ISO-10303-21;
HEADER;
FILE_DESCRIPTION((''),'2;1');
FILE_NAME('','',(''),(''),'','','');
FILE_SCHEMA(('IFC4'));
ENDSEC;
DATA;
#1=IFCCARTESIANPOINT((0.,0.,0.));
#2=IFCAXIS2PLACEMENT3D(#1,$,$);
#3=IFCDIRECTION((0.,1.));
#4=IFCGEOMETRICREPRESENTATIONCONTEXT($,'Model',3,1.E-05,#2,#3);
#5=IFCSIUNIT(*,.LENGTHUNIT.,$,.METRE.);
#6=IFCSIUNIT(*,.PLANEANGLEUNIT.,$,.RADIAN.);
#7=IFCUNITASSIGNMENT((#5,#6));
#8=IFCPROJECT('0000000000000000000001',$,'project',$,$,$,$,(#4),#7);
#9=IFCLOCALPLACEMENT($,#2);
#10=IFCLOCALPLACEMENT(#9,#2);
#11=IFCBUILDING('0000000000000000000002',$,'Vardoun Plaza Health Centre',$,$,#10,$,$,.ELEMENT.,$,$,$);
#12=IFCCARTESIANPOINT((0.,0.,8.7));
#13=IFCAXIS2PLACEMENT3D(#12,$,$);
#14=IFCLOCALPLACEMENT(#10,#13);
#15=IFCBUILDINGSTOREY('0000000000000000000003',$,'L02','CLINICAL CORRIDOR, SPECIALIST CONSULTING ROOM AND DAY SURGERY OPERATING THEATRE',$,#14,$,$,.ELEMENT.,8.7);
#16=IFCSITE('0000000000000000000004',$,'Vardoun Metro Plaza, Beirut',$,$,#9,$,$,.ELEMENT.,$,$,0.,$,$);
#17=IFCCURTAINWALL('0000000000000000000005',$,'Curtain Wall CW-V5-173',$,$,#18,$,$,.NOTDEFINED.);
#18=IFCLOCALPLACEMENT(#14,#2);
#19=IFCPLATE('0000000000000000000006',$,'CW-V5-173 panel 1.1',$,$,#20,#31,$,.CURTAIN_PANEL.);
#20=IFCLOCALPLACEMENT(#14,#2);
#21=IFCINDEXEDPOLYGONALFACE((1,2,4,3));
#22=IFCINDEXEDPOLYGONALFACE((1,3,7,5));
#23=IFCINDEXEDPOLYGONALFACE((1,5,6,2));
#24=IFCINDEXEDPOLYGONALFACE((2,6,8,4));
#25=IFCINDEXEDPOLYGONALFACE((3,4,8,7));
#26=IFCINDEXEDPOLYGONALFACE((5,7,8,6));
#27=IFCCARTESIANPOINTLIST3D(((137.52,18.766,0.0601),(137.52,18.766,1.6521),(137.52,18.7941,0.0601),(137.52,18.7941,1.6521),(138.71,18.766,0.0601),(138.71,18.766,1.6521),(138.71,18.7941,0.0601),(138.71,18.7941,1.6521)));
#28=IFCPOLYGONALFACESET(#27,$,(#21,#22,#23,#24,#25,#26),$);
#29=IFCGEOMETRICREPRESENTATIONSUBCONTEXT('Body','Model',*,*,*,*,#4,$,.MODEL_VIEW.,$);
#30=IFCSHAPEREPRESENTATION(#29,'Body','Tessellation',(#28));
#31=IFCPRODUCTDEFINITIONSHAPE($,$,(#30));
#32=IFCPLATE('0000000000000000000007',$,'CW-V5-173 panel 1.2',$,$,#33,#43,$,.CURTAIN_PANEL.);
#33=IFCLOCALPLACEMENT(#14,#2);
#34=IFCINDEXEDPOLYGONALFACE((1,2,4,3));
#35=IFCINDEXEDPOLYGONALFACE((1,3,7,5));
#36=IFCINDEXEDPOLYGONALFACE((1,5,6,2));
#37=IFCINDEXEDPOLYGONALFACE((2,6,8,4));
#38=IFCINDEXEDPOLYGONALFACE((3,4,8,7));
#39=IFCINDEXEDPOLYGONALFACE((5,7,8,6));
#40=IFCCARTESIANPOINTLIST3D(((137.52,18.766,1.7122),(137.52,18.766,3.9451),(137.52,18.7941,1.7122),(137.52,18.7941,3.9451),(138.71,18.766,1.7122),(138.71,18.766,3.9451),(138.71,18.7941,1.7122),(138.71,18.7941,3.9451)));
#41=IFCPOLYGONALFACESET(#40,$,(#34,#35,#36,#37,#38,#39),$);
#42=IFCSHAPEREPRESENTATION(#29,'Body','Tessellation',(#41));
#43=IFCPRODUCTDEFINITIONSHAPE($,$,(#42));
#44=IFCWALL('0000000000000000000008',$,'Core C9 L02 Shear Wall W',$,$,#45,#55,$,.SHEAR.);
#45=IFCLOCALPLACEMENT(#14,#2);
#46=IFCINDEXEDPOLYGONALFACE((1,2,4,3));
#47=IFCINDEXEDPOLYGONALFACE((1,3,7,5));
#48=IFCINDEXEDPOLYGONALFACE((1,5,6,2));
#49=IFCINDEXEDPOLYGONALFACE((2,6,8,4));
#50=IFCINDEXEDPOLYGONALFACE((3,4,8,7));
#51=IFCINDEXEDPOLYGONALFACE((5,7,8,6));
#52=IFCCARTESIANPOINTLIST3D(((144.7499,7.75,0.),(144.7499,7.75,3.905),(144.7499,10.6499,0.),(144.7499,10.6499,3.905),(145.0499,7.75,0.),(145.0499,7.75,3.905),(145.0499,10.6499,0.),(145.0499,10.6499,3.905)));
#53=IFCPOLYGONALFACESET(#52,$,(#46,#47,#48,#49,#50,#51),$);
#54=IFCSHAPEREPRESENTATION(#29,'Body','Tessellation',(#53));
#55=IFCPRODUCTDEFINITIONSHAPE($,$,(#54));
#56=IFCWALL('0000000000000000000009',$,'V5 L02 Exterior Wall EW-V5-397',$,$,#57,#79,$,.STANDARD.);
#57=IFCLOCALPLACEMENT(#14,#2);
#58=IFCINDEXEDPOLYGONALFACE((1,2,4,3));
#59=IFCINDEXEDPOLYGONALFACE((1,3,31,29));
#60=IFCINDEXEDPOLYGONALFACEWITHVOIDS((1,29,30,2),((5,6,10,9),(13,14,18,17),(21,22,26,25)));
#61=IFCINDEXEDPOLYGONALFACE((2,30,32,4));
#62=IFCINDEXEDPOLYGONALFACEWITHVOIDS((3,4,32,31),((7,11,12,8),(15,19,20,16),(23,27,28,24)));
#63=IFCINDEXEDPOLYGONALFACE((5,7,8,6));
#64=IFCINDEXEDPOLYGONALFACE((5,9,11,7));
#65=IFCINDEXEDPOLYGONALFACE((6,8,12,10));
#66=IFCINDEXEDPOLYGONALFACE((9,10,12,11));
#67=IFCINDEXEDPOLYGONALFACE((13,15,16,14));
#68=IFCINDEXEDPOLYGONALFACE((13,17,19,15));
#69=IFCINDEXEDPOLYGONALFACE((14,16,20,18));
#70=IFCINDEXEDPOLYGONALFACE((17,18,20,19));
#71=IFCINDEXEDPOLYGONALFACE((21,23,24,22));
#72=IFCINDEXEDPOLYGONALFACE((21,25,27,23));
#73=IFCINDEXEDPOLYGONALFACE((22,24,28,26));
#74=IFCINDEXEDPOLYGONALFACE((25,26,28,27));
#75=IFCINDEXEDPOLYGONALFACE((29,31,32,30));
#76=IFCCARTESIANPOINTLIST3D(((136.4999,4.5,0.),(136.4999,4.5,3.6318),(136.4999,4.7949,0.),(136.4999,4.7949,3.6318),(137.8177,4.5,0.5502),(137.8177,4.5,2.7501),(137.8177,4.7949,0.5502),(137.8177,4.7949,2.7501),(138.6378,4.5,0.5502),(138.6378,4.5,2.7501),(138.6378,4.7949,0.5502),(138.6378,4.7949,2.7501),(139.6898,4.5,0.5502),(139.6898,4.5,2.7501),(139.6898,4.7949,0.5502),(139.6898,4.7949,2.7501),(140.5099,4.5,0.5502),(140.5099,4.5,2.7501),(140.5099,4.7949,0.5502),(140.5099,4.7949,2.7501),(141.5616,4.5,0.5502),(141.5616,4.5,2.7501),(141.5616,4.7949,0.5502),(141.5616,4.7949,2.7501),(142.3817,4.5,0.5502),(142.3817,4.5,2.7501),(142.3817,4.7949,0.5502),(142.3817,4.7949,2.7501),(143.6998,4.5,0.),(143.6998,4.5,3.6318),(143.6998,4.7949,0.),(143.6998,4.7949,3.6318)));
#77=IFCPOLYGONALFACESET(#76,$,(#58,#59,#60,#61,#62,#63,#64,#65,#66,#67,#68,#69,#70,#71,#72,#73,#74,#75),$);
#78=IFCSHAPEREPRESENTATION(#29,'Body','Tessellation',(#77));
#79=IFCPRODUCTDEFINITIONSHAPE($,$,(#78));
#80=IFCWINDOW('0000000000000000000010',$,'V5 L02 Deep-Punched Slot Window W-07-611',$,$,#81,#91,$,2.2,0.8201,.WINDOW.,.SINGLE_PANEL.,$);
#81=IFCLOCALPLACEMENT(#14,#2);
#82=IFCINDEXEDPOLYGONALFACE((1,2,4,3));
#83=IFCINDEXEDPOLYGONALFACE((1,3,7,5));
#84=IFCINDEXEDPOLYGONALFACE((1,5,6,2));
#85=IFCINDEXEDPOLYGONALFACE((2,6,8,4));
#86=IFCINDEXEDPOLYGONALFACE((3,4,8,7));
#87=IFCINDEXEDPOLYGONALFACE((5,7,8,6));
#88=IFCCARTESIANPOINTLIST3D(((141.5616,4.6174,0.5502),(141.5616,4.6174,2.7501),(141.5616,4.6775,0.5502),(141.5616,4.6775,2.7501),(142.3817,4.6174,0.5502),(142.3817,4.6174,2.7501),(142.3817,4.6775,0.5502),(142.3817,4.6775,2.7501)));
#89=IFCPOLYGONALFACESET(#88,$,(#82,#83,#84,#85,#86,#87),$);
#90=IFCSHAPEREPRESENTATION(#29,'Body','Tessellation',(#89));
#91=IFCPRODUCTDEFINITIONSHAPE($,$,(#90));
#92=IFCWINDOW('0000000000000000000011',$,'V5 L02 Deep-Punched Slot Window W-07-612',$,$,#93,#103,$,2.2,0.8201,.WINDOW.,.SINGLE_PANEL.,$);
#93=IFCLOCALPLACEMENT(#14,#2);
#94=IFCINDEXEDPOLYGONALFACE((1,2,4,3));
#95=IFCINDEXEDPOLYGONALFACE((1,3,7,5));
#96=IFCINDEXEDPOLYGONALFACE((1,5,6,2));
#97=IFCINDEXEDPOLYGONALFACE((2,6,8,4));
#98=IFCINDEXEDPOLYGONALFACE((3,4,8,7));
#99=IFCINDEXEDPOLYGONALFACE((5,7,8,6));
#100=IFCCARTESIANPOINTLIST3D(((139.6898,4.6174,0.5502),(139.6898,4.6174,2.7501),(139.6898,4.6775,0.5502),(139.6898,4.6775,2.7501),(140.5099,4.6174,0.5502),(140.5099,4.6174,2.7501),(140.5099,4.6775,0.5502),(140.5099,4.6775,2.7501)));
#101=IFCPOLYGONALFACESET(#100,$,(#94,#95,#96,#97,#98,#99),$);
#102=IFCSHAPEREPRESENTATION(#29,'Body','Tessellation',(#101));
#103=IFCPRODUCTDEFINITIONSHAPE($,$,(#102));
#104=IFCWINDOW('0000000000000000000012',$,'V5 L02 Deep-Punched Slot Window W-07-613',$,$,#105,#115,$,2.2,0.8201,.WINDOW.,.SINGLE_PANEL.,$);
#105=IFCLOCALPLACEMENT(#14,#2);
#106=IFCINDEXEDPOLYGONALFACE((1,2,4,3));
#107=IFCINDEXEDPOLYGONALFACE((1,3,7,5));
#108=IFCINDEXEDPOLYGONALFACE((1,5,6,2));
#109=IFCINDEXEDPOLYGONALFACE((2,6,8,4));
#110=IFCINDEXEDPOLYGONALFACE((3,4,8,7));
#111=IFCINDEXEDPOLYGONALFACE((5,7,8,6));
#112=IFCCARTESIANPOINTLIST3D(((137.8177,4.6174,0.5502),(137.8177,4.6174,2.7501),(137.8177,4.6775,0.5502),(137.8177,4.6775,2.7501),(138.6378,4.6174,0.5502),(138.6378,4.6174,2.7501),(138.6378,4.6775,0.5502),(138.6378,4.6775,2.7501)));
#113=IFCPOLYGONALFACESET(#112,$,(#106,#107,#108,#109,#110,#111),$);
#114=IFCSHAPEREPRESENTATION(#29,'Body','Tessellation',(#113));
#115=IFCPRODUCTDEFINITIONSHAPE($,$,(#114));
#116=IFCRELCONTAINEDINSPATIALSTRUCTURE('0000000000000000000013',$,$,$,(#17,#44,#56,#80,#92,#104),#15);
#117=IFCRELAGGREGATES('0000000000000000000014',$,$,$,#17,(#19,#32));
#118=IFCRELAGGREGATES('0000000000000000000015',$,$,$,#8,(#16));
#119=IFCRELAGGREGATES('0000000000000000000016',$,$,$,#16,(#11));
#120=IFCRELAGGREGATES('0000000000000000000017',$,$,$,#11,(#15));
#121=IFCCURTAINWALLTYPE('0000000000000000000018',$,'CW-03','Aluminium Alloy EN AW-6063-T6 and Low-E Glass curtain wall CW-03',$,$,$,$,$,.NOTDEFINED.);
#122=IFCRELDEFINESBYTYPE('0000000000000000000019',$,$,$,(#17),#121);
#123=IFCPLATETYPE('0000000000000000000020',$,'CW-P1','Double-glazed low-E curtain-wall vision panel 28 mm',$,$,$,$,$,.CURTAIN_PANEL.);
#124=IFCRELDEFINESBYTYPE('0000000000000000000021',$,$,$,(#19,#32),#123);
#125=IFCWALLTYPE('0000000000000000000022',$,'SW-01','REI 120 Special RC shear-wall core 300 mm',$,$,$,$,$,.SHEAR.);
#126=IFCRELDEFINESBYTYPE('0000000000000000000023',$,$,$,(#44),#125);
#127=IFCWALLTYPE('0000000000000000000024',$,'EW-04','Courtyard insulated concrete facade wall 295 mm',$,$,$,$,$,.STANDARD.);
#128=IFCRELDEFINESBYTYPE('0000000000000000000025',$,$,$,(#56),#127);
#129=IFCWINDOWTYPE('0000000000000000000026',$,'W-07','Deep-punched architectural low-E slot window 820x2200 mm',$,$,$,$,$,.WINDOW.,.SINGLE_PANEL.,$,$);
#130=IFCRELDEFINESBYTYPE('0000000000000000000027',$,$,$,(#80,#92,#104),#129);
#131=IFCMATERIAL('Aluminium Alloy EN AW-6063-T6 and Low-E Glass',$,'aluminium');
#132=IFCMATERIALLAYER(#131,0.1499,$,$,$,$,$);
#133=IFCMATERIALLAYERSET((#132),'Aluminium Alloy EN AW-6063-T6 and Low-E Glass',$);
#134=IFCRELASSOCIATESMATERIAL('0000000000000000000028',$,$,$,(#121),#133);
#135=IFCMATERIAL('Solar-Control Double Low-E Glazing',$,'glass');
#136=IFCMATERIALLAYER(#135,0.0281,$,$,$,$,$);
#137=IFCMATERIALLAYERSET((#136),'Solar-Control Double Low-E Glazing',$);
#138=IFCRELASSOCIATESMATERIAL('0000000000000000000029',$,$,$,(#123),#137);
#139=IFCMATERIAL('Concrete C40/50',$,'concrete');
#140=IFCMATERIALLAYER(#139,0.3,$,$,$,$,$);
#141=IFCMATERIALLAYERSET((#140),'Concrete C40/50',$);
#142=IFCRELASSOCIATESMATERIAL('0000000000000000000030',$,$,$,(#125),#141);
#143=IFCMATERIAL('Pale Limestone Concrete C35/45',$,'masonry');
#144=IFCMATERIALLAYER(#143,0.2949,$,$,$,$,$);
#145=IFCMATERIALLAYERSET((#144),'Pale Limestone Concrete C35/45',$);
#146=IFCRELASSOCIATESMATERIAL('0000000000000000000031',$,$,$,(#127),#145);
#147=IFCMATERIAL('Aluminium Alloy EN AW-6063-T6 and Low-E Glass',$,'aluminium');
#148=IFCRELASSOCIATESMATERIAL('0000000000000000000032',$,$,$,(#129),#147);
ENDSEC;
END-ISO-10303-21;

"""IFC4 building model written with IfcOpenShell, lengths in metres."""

from ifc_helpers import new_model, si_unit, direction, frame, frame_2d, origin, origin_2d, place, context, subcontext, project, spatial, rectangle, extrude, material, layer, layer_set, type_object, element, fill, aggregate, save


model = new_model("IFC4")

# Units and contexts
model_context = context("Model", 3, precision=1e-05, world=origin(), true_north=direction((0.0, 1.0)))
body_context = subcontext(model_context, "Body", "Model", "MODEL_VIEW")
ifc_project = project(units=[si_unit("LENGTHUNIT", "METRE"), si_unit("PLANEANGLEUNIT", "RADIAN")], contexts=[model_context])

# Site, building, storey
site_placement = place(None, origin())
site = spatial("IfcSite", under=ifc_project, at=site_placement, Name="Vardoun Metro Plaza, Beirut", CompositionType="ELEMENT", RefElevation=0.0)
building_placement = place(site_placement, origin())
building = spatial("IfcBuilding", under=site, at=building_placement, Name="Vardoun Plaza Health Centre", CompositionType="ELEMENT")
storey_placement = place(building_placement, frame((0.0, 0.0, 8.7)))
storey = spatial("IfcBuildingStorey", under=building, at=storey_placement, Name="L02", Description="CLINICAL CORRIDOR, SPECIALIST CONSULTING ROOM AND DAY SURGERY OPERATING THEATRE", CompositionType="ELEMENT", Elevation=8.7)

# Curtain wall
ifc_material_1 = material(Name="Aluminium Alloy EN AW-6063-T6 and Low-E Glass", Category="aluminium")
ifc_layer_1 = layer(ifc_material_1, 0.1499)
ifc_layer_set_1 = layer_set([ifc_layer_1], Name="Aluminium Alloy EN AW-6063-T6 and Low-E Glass")
curtain_wall_type = type_object("IfcCurtainWallType", Name="CW-03", Description="Aluminium Alloy EN AW-6063-T6 and Low-E Glass curtain wall CW-03", PredefinedType="NOTDEFINED", material=ifc_layer_set_1)
curtain_wall_placement = place(storey_placement, origin())
curtain_wall = element("IfcCurtainWall", 1, at=curtain_wall_placement, inside=storey, type_object=curtain_wall_type, Name="Curtain Wall CW-V5-173", PredefinedType="NOTDEFINED")

# Plates
ifc_material_2 = material(Name="Solar-Control Double Low-E Glazing", Category="glass")
ifc_layer_2 = layer(ifc_material_2, 0.0281)
ifc_layer_set_2 = layer_set([ifc_layer_2], Name="Solar-Control Double Low-E Glazing")
plate_type = type_object("IfcPlateType", Name="CW-P1", Description="Double-glazed low-E curtain-wall vision panel 28 mm", PredefinedType="CURTAIN_PANEL", material=ifc_layer_set_2)
plate_1_placement = place(storey_placement, frame((138.115, 18.78, 0.0601), z_axis=(0.0, 0.0, 1.0), x_axis=(1.0, 0.0, 0.0)))
plate_1 = element("IfcPlate", 2, at=plate_1_placement, type_object=plate_type, Name="CW-V5-173 panel 1.1", PredefinedType="CURTAIN_PANEL", context=body_context, shape_type="SweptSolid", body=[
    extrude(rectangle(XDim=1.1899, YDim=0.0281, at=origin_2d()), origin(), (0.0, 0.0, 1.0), 1.592),
])
plate_2_placement = place(storey_placement, frame((138.115, 18.78, 1.7122), z_axis=(0.0, 0.0, 1.0), x_axis=(1.0, 0.0, 0.0)))
plate_2 = element("IfcPlate", 3, at=plate_2_placement, type_object=plate_type, Name="CW-V5-173 panel 1.2", PredefinedType="CURTAIN_PANEL", context=body_context, shape_type="SweptSolid", body=[
    extrude(rectangle(XDim=1.1899, YDim=0.0281, at=origin_2d()), origin(), (0.0, 0.0, 1.0), 2.2329),
])
aggregate(curtain_wall, [plate_1, plate_2])

# Wall
ifc_material_3 = material(Name="Concrete C40/50", Category="concrete")
ifc_layer_3 = layer(ifc_material_3, 0.3)
ifc_layer_set_3 = layer_set([ifc_layer_3], Name="Concrete C40/50")
wall_type_1 = type_object("IfcWallType", Name="SW-01", Description="REI 120 Special RC shear-wall core 300 mm", PredefinedType="SHEAR", material=ifc_layer_set_3)
wall_1_placement = place(storey_placement, frame((144.8999, 7.75, 0.0), z_axis=(0.0, 0.0, 1.0), x_axis=(0.0, 1.0, 0.0)))
element("IfcWall", 4, at=wall_1_placement, inside=storey, type_object=wall_type_1, Name="Core C9 L02 Shear Wall W", PredefinedType="SHEAR", context=body_context, shape_type="SweptSolid", body=[
    extrude(rectangle(XDim=2.8999, YDim=0.3, at=frame_2d((1.45, 0.0))), origin(), (0.0, 0.0, 1.0), 3.905),
])

# Wall, openings, windows
ifc_material_4 = material(Name="Pale Limestone Concrete C35/45", Category="masonry")
ifc_layer_4 = layer(ifc_material_4, 0.2949)
ifc_layer_set_4 = layer_set([ifc_layer_4], Name="Pale Limestone Concrete C35/45")
wall_type_2 = type_object("IfcWallType", Name="EW-04", Description="Courtyard insulated concrete facade wall 295 mm", PredefinedType="STANDARD", material=ifc_layer_set_4)
wall_2_placement = place(storey_placement, frame((143.7, 4.6475, 0.0), z_axis=(0.0, 0.0, 1.0), x_axis=(-1.0, 0.0, 0.0)))
wall_2 = element("IfcWall", 5, at=wall_2_placement, inside=storey, type_object=wall_type_2, Name="V5 L02 Exterior Wall EW-V5-397", PredefinedType="STANDARD", context=body_context, shape_type="SweptSolid", body=[
    extrude(rectangle(XDim=7.2, YDim=0.2949, at=frame_2d((3.6001, 0.0))), origin(), (0.0, 0.0, 1.0), 3.6318),
])
opening_1_placement = place(wall_2_placement, frame((1.3181, 0.0, 0.55)))
opening_1 = element("IfcOpeningElement", 6, at=opening_1_placement, cuts=wall_2, PredefinedType="OPENING", context=body_context, shape_type="SweptSolid", body=[
    extrude(rectangle(XDim=0.8201, YDim=2.2, at=frame_2d((0.4102, 1.1001))), frame((0.0, 0.1475, 0.0), z_axis=(0.0, -1.0, 0.0), x_axis=(1.0, 0.0, 0.0)), (0.0, 0.0, 1.0), 0.2949),
])
opening_2_placement = place(wall_2_placement, frame((3.1899, 0.0, 0.55)))
opening_2 = element("IfcOpeningElement", 7, at=opening_2_placement, cuts=wall_2, PredefinedType="OPENING", context=body_context, shape_type="SweptSolid", body=[
    extrude(rectangle(XDim=0.8201, YDim=2.2, at=frame_2d((0.4102, 1.1001))), frame((0.0, 0.1475, 0.0), z_axis=(0.0, -1.0, 0.0), x_axis=(1.0, 0.0, 0.0)), (0.0, 0.0, 1.0), 0.2949),
])
opening_3_placement = place(wall_2_placement, frame((5.062, 0.0, 0.55)))
opening_3 = element("IfcOpeningElement", 8, at=opening_3_placement, cuts=wall_2, PredefinedType="OPENING", context=body_context, shape_type="SweptSolid", body=[
    extrude(rectangle(XDim=0.8201, YDim=2.2, at=frame_2d((0.4102, 1.1001))), frame((0.0, 0.1475, 0.0), z_axis=(0.0, -1.0, 0.0), x_axis=(1.0, 0.0, 0.0)), (0.0, 0.0, 1.0), 0.2949),
])
ifc_material_5 = material(Name="Aluminium Alloy EN AW-6063-T6 and Low-E Glass", Category="aluminium")
window_type = type_object("IfcWindowType", Name="W-07", Description="Deep-punched architectural low-E slot window 820x2200 mm", PartitioningType="SINGLE_PANEL", PredefinedType="WINDOW", material=ifc_material_5)
window_1_placement = place(opening_1_placement, origin())
window_1 = element("IfcWindow", 9, at=window_1_placement, inside=storey, type_object=window_type, Name="V5 L02 Deep-Punched Slot Window W-07-611", OverallHeight=2.2, OverallWidth=0.8201, PartitioningType="SINGLE_PANEL", PredefinedType="WINDOW", context=body_context, shape_type="SweptSolid", body=[
    extrude(rectangle(XDim=0.8201, YDim=2.2, at=frame_2d((0.4102, 1.1001))), frame((0.0, 0.03, 0.0), z_axis=(0.0, -1.0, 0.0), x_axis=(1.0, 0.0, 0.0)), (0.0, 0.0, 1.0), 0.0601),
])
fill(opening_1, window_1)
window_2_placement = place(opening_2_placement, origin())
window_2 = element("IfcWindow", 10, at=window_2_placement, inside=storey, type_object=window_type, Name="V5 L02 Deep-Punched Slot Window W-07-612", OverallHeight=2.2, OverallWidth=0.8201, PartitioningType="SINGLE_PANEL", PredefinedType="WINDOW", context=body_context, shape_type="SweptSolid", body=[
    extrude(rectangle(XDim=0.8201, YDim=2.2, at=frame_2d((0.4102, 1.1001))), frame((0.0, 0.03, 0.0), z_axis=(0.0, -1.0, 0.0), x_axis=(1.0, 0.0, 0.0)), (0.0, 0.0, 1.0), 0.0601),
])
fill(opening_2, window_2)
window_3_placement = place(opening_3_placement, origin())
window_3 = element("IfcWindow", 11, at=window_3_placement, inside=storey, type_object=window_type, Name="V5 L02 Deep-Punched Slot Window W-07-613", OverallHeight=2.2, OverallWidth=0.8201, PartitioningType="SINGLE_PANEL", PredefinedType="WINDOW", context=body_context, shape_type="SweptSolid", body=[
    extrude(rectangle(XDim=0.8201, YDim=2.2, at=frame_2d((0.4102, 1.1001))), frame((0.0, 0.03, 0.0), z_axis=(0.0, -1.0, 0.0), x_axis=(1.0, 0.0, 0.0)), (0.0, 0.0, 1.0), 0.0601),
])
fill(opening_3, window_3)

save(model, "model.ifc")
